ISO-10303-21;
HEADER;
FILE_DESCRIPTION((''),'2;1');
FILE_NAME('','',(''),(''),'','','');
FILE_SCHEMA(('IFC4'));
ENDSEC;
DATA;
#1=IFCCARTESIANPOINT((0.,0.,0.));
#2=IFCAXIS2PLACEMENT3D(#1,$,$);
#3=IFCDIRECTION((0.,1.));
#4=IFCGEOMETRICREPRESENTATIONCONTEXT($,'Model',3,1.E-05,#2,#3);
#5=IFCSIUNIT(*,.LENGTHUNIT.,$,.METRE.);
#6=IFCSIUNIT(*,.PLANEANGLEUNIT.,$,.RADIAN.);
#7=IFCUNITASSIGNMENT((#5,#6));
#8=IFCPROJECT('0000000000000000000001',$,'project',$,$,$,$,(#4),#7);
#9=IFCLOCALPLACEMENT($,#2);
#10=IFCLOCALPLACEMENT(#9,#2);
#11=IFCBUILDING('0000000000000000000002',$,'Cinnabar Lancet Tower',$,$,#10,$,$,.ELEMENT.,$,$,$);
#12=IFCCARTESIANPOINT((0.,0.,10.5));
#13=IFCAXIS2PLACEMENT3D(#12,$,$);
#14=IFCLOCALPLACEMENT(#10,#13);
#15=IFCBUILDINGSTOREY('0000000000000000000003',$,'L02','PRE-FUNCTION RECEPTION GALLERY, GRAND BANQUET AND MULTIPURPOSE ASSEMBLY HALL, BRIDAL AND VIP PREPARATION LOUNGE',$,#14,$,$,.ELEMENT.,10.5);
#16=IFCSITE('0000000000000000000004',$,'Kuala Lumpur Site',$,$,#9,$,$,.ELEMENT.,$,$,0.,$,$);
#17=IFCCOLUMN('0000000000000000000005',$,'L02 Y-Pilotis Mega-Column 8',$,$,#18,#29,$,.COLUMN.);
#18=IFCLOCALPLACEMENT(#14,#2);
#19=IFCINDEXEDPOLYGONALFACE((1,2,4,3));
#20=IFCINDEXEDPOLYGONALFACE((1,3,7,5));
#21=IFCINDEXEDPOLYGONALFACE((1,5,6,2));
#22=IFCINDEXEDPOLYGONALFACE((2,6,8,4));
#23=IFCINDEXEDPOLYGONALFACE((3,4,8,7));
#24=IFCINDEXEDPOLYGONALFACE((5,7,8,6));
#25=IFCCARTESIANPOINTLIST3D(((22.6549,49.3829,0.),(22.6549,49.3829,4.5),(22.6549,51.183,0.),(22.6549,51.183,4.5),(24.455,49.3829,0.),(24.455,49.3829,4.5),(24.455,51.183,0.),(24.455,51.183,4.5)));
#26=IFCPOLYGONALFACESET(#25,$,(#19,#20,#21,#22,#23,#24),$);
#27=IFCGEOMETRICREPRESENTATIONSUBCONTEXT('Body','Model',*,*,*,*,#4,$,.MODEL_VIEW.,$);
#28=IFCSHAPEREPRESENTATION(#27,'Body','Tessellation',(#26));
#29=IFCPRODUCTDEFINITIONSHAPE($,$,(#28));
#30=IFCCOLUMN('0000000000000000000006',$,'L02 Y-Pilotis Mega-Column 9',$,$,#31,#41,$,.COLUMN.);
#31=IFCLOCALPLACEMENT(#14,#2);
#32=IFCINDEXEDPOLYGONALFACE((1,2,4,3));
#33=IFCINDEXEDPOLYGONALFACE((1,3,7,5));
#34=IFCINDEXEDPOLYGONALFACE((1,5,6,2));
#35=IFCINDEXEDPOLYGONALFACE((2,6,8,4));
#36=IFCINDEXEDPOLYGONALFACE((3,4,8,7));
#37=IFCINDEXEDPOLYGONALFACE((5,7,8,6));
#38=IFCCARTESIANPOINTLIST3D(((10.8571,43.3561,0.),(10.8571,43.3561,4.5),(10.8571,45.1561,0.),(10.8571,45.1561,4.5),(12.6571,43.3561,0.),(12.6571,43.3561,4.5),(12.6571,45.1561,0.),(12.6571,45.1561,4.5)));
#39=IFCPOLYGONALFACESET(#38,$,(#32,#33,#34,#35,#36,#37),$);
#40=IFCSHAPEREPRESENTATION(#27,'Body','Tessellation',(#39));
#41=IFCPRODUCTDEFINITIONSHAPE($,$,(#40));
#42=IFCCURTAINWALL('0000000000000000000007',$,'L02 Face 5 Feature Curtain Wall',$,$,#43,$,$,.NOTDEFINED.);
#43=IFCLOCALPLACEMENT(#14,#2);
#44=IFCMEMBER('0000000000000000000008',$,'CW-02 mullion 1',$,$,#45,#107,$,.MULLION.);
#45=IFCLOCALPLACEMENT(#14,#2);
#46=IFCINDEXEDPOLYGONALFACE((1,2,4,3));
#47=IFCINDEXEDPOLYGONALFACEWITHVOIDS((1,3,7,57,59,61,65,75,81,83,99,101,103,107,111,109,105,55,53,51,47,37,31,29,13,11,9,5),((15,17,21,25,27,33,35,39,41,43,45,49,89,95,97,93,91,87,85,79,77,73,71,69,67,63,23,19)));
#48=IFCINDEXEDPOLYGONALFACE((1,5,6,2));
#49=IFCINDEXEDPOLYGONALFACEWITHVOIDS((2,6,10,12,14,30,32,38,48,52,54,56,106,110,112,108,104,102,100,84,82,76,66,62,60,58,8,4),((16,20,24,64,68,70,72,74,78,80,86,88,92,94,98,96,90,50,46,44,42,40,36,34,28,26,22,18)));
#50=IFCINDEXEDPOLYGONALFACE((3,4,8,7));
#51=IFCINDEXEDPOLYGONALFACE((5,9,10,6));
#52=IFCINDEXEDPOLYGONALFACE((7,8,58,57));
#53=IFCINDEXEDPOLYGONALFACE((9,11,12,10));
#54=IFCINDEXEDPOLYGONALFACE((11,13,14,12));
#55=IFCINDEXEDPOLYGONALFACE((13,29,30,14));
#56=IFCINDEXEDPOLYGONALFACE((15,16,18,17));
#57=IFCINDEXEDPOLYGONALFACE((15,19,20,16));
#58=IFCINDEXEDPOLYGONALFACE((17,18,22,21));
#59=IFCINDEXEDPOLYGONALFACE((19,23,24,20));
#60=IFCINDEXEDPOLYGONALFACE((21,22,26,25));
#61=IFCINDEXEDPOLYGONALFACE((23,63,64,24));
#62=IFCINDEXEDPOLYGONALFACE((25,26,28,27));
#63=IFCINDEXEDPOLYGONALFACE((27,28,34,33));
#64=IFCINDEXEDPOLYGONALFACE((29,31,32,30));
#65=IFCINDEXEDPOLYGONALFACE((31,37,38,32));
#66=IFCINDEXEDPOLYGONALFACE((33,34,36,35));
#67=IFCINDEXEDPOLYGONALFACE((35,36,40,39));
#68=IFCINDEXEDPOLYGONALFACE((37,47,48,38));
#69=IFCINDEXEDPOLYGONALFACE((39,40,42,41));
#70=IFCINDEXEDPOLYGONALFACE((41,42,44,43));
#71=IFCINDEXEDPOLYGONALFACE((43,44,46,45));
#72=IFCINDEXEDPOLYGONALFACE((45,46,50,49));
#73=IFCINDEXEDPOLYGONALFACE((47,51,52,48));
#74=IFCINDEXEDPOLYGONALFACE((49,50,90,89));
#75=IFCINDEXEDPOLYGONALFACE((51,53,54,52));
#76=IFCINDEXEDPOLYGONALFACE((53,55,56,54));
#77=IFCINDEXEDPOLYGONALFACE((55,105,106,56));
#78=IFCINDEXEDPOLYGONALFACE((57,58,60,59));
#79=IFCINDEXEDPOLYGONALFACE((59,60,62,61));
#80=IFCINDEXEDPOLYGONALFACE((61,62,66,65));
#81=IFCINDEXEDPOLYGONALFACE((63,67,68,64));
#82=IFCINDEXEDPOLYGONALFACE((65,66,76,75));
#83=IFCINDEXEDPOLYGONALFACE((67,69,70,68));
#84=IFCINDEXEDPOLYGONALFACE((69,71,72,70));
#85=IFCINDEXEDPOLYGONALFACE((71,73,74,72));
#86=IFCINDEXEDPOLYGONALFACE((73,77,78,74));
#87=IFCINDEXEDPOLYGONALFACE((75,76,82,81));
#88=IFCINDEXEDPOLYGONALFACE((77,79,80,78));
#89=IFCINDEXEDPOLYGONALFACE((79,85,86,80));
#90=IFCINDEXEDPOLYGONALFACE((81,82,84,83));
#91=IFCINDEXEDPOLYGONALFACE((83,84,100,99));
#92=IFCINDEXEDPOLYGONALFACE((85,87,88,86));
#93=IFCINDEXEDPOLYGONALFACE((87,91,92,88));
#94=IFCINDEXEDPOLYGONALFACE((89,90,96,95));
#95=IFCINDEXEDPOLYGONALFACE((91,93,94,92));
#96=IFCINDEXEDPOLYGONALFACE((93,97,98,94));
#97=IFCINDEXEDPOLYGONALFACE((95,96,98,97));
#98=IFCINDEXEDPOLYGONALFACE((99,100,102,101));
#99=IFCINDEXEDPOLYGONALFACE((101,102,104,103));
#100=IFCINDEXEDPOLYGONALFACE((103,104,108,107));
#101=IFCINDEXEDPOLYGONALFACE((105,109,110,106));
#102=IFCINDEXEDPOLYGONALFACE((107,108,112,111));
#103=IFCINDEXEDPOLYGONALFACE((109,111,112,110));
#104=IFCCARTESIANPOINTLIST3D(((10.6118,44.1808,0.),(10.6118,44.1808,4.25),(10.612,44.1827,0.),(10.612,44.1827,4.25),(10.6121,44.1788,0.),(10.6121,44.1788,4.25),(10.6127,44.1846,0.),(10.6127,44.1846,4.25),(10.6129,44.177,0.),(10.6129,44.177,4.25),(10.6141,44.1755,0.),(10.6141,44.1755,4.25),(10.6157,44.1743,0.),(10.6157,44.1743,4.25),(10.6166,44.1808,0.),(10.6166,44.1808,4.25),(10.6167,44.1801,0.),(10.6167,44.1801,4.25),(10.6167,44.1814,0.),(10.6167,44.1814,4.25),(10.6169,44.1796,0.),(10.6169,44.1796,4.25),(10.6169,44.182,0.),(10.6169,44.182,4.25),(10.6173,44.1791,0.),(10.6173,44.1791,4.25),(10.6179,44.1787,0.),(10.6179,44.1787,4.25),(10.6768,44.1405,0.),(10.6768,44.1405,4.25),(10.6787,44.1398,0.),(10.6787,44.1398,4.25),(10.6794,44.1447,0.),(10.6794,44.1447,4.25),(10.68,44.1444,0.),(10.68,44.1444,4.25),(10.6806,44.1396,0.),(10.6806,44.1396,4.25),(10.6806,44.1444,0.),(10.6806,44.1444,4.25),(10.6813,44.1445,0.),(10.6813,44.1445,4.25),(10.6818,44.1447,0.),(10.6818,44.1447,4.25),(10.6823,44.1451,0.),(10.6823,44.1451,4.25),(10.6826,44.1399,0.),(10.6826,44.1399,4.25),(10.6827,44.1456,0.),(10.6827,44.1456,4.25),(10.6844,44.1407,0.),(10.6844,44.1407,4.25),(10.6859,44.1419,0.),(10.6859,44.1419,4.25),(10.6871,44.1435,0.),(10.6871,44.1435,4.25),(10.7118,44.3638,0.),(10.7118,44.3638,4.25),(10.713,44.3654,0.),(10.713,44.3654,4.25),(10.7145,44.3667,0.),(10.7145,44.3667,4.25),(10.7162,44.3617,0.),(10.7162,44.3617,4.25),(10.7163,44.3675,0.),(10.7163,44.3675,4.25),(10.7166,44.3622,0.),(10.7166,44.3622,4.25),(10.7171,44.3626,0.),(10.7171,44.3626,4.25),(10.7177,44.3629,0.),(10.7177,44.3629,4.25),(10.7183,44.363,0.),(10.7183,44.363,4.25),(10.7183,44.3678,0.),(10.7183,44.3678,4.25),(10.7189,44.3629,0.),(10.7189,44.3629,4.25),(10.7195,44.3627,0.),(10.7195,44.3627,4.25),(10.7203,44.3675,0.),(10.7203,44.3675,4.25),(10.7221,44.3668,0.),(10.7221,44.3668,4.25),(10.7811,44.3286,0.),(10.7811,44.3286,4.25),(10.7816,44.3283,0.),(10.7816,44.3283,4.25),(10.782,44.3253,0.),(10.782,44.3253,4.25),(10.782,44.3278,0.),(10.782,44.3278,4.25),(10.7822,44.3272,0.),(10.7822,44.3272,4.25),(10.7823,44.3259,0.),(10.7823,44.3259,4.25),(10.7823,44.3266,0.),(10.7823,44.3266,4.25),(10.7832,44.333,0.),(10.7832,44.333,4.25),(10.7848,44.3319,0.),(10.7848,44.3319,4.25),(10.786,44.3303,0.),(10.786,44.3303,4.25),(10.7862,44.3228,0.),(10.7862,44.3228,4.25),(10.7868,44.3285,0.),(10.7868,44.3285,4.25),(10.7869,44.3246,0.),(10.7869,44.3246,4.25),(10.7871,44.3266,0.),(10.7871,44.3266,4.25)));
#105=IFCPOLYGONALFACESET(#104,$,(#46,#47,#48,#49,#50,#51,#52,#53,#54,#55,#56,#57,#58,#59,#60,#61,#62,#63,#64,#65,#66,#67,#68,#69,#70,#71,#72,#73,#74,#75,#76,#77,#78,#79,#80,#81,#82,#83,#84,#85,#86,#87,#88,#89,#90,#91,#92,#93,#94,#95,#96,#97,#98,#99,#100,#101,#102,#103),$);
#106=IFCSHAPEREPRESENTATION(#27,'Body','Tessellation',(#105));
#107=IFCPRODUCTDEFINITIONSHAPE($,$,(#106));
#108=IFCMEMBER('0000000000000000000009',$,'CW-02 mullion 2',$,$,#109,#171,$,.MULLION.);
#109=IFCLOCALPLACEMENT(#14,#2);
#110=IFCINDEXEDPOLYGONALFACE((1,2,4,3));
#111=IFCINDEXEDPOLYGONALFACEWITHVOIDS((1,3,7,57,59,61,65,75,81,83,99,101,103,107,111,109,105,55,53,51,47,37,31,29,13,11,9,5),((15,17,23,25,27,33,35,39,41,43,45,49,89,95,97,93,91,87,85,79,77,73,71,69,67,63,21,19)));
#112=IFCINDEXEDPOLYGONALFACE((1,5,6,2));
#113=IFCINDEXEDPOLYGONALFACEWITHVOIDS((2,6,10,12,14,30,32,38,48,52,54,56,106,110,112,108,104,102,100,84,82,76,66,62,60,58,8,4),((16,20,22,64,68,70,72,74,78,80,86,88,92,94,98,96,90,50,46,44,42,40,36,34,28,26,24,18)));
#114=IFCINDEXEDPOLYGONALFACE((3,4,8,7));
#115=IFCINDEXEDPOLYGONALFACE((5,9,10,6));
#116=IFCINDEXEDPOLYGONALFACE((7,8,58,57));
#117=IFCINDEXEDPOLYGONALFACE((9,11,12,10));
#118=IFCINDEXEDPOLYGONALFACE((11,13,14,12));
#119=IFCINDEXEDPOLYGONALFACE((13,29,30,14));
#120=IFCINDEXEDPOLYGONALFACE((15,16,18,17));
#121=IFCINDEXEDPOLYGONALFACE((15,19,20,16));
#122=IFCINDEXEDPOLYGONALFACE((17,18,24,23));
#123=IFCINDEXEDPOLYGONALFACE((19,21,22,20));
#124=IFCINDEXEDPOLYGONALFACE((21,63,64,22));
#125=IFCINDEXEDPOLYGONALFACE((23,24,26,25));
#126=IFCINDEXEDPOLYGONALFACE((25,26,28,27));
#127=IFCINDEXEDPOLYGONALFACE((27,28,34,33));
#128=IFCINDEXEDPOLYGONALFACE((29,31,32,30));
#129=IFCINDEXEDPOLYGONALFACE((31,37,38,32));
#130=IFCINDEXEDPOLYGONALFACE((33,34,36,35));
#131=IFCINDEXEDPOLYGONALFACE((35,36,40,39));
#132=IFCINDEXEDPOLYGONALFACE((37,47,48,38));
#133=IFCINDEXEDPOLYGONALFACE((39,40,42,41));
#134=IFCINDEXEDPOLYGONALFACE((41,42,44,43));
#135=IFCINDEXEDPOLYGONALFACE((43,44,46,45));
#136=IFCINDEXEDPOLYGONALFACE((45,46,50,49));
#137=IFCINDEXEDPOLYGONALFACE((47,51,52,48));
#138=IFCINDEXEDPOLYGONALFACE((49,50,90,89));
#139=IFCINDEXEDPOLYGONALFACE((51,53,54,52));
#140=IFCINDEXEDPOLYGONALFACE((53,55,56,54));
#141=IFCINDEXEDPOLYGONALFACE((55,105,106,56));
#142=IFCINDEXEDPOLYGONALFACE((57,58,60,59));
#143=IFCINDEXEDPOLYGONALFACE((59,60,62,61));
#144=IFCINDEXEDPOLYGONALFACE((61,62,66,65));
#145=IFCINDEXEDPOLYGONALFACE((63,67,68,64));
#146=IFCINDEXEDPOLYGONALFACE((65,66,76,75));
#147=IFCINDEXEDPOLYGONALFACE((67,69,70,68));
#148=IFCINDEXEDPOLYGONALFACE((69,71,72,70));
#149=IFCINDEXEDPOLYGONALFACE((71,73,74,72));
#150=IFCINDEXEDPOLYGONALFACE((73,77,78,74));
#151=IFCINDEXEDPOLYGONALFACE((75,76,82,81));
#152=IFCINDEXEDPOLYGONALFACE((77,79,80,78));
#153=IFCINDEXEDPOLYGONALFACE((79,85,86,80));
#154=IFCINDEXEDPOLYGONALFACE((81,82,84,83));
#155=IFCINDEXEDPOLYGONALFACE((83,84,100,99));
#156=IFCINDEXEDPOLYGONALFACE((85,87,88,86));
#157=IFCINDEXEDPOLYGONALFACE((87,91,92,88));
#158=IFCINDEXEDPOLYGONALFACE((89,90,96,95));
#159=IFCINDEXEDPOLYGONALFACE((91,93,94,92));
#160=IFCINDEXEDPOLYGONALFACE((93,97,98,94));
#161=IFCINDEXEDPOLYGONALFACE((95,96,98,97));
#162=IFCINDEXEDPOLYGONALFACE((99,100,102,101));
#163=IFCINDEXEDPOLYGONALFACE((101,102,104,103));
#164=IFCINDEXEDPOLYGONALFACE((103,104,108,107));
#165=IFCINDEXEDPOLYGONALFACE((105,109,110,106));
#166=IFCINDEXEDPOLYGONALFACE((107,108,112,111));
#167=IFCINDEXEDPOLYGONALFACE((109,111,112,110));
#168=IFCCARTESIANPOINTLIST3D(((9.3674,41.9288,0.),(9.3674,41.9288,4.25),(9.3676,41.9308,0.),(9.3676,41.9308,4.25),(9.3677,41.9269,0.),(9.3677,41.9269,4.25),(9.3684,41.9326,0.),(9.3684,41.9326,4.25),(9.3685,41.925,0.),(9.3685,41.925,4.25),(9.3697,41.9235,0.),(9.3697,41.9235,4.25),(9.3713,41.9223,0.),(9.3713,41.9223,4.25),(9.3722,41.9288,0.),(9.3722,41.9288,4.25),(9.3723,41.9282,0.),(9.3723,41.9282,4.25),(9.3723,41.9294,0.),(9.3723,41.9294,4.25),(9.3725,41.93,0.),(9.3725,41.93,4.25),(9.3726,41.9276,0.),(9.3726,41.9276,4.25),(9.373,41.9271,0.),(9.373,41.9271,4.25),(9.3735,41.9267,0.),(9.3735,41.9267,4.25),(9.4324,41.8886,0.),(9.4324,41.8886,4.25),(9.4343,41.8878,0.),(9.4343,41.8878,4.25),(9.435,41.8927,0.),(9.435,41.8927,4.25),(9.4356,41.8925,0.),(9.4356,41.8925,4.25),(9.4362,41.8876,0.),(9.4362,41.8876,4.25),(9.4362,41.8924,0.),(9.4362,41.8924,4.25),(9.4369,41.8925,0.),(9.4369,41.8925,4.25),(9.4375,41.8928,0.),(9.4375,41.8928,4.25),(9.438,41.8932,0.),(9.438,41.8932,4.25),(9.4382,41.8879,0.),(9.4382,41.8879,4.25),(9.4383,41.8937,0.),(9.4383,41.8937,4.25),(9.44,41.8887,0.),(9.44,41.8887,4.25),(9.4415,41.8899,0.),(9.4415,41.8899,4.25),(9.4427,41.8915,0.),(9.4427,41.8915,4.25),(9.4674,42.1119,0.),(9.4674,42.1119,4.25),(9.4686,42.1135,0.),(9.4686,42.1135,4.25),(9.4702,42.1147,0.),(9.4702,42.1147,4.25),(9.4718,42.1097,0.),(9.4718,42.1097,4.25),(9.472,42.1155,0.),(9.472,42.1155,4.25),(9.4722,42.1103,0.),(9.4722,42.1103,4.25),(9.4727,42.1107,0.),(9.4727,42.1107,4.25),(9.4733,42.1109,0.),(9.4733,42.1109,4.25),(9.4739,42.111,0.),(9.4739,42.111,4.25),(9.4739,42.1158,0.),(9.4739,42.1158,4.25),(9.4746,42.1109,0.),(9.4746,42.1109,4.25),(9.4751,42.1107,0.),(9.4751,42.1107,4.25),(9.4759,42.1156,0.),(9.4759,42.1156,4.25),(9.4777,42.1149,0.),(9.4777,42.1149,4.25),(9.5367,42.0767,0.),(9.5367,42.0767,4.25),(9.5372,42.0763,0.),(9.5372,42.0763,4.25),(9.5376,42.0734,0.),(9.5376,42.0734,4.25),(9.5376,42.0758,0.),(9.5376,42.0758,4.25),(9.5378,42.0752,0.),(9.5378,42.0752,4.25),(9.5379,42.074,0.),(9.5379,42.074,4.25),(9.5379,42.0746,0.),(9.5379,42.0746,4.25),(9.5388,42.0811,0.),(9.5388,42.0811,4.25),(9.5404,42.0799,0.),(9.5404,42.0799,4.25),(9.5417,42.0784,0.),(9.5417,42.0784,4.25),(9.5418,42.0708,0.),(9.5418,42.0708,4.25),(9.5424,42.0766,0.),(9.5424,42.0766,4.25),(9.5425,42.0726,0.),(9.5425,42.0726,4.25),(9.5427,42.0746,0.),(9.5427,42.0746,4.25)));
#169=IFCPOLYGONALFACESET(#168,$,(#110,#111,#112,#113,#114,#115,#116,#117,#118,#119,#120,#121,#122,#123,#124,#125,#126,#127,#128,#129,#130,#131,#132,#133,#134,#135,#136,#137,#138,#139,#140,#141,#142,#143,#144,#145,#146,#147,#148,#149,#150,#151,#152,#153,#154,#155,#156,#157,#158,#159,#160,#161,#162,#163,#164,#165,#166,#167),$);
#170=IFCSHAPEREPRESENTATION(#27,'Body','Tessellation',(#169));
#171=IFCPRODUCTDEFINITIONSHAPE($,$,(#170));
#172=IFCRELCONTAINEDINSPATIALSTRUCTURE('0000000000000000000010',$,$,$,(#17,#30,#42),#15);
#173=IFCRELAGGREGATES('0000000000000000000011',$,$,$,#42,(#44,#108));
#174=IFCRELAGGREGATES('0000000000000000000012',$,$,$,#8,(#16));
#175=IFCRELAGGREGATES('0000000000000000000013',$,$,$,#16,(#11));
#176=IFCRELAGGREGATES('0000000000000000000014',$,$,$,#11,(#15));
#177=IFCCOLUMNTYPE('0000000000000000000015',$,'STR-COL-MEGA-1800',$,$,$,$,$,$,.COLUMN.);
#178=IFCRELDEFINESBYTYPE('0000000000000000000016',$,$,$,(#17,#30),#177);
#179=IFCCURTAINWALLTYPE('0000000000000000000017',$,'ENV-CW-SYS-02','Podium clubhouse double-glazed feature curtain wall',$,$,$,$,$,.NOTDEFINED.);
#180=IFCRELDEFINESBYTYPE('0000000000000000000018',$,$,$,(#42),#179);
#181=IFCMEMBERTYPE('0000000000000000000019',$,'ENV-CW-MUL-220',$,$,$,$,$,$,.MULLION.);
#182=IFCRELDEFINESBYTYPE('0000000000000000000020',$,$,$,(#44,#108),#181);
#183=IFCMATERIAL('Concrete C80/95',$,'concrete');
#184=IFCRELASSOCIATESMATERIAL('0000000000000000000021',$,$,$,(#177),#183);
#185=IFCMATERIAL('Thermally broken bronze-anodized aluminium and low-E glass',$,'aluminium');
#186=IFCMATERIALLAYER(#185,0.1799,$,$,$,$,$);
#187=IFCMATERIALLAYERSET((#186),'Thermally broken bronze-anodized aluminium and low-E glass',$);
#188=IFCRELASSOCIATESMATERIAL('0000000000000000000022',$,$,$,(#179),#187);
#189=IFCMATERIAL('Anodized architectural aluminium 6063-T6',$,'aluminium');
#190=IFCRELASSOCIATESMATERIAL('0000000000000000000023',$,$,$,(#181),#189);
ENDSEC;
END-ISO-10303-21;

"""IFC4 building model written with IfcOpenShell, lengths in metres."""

from ifc_helpers import new_model, si_unit, direction, frame, origin, origin_2d, place, context, subcontext, project, spatial, rectangle, hollow_rectangle, extrude, material, layer, layer_set, material_profile, profile_set, type_object, element, aggregate, save


model = new_model("IFC4")

# Units and contexts
model_context = context("Model", 3, precision=1e-05, world=origin(), true_north=direction((0.0, 1.0)))
body_context = subcontext(model_context, "Body", "Model", "MODEL_VIEW")
ifc_project = project(units=[si_unit("LENGTHUNIT", "METRE"), si_unit("PLANEANGLEUNIT", "RADIAN")], contexts=[model_context])

# Site, building, storey
site_placement = place(None, origin())
site = spatial("IfcSite", under=ifc_project, at=site_placement, Name="Kuala Lumpur Site", CompositionType="ELEMENT", RefElevation=0.0)
building_placement = place(site_placement, origin())
building = spatial("IfcBuilding", under=site, at=building_placement, Name="Cinnabar Lancet Tower", CompositionType="ELEMENT")
storey_placement = place(building_placement, frame((0.0, 0.0, 10.5)))
storey = spatial("IfcBuildingStorey", under=building, at=storey_placement, Name="L02", Description="PRE-FUNCTION RECEPTION GALLERY, GRAND BANQUET AND MULTIPURPOSE ASSEMBLY HALL, BRIDAL AND VIP PREPARATION LOUNGE", CompositionType="ELEMENT", Elevation=10.5)

# Columns
ifc_material_1 = material(Name="Concrete C80/95", Category="concrete")
ifc_material_profile_1 = material_profile(ifc_material_1, rectangle(XDim=1.8, YDim=1.8, at=origin_2d()), Name="RC-MEGA 1800x1800")
ifc_profile_set_1 = profile_set([ifc_material_profile_1], Name="Concrete C80/95")
column_type = type_object("IfcColumnType", Name="STR-COL-MEGA-1800", PredefinedType="COLUMN", material=ifc_profile_set_1)
for number, where, z_axis, x_axis, name in (
    (1, (23.5549, 50.283, 0.0), (0.0, 0.0, 1.0), (1.0, 0.0, 0.0), "L02 Y-Pilotis Mega-Column 8"),
    (2, (11.7571, 44.2561, 0.0), (0.0, 0.0, 1.0), (1.0, 0.0, 0.0), "L02 Y-Pilotis Mega-Column 9"),
):
    element("IfcColumn", number, at=place(storey_placement, frame(where, z_axis=z_axis, x_axis=x_axis)), inside=storey, type_object=column_type, Name=name, PredefinedType="COLUMN", context=body_context, shape_type="SweptSolid", body=[
        extrude(rectangle(XDim=1.8, YDim=1.8, at=origin_2d()), origin(), (0.0, 0.0, 1.0), 4.5),
    ])

# Curtain wall, members
ifc_material_2 = material(Name="Thermally broken bronze-anodized aluminium and low-E glass", Category="aluminium")
ifc_layer_1 = layer(ifc_material_2, 0.1799)
ifc_layer_set_1 = layer_set([ifc_layer_1], Name="Thermally broken bronze-anodized aluminium and low-E glass")
curtain_wall_type = type_object("IfcCurtainWallType", Name="ENV-CW-SYS-02", Description="Podium clubhouse double-glazed feature curtain wall", PredefinedType="NOTDEFINED", material=ifc_layer_set_1)
curtain_wall_placement = place(storey_placement, origin())
curtain_wall = element("IfcCurtainWall", 3, at=curtain_wall_placement, inside=storey, type_object=curtain_wall_type, Name="L02 Face 5 Feature Curtain Wall", PredefinedType="NOTDEFINED")
ifc_material_3 = material(Name="Anodized architectural aluminium 6063-T6", Category="aluminium")
ifc_material_profile_2 = material_profile(ifc_material_3, hollow_rectangle(XDim=0.085, YDim=0.22, WallThickness=0.0049, InnerFilletRadius=0.0024, OuterFilletRadius=0.0076, at=origin_2d()), Name="CW-MUL 220x85x5")
ifc_profile_set_2 = profile_set([ifc_material_profile_2], Name="Anodized architectural aluminium 6063-T6")
member_type_1 = type_object("IfcMemberType", Name="ENV-CW-MUL-220", PredefinedType="MULLION", material=ifc_profile_set_2)
member_1_placement = place(storey_placement, frame((10.6995, 44.2537, 0.0), z_axis=(0.0, 0.0, 1.0), x_axis=(0.875242, -0.483685, 0.0)))
member_1 = element("IfcMember", 4, at=member_1_placement, type_object=member_type_1, Name="CW-02 mullion 1", PredefinedType="MULLION", context=body_context, shape_type="SweptSolid", body=[
    extrude(hollow_rectangle(XDim=0.085, YDim=0.22, WallThickness=0.0049, InnerFilletRadius=0.0024, OuterFilletRadius=0.0076, at=origin_2d()), origin(), (0.0, 0.0, 1.0), 4.25),
])
member_2_placement = place(storey_placement, frame((9.4551, 42.0017, 0.0), z_axis=(0.0, 0.0, 1.0), x_axis=(0.875242, -0.483685, 0.0)))
member_2 = element("IfcMember", 5, at=member_2_placement, type_object=member_type_1, Name="CW-02 mullion 2", PredefinedType="MULLION", context=body_context, shape_type="SweptSolid", body=[
    extrude(hollow_rectangle(XDim=0.085, YDim=0.22, WallThickness=0.0049, InnerFilletRadius=0.0024, OuterFilletRadius=0.0076, at=origin_2d()), origin(), (0.0, 0.0, 1.0), 4.25),
])

aggregate(curtain_wall, [member_1, member_2])

save(model, "model.ifc")
